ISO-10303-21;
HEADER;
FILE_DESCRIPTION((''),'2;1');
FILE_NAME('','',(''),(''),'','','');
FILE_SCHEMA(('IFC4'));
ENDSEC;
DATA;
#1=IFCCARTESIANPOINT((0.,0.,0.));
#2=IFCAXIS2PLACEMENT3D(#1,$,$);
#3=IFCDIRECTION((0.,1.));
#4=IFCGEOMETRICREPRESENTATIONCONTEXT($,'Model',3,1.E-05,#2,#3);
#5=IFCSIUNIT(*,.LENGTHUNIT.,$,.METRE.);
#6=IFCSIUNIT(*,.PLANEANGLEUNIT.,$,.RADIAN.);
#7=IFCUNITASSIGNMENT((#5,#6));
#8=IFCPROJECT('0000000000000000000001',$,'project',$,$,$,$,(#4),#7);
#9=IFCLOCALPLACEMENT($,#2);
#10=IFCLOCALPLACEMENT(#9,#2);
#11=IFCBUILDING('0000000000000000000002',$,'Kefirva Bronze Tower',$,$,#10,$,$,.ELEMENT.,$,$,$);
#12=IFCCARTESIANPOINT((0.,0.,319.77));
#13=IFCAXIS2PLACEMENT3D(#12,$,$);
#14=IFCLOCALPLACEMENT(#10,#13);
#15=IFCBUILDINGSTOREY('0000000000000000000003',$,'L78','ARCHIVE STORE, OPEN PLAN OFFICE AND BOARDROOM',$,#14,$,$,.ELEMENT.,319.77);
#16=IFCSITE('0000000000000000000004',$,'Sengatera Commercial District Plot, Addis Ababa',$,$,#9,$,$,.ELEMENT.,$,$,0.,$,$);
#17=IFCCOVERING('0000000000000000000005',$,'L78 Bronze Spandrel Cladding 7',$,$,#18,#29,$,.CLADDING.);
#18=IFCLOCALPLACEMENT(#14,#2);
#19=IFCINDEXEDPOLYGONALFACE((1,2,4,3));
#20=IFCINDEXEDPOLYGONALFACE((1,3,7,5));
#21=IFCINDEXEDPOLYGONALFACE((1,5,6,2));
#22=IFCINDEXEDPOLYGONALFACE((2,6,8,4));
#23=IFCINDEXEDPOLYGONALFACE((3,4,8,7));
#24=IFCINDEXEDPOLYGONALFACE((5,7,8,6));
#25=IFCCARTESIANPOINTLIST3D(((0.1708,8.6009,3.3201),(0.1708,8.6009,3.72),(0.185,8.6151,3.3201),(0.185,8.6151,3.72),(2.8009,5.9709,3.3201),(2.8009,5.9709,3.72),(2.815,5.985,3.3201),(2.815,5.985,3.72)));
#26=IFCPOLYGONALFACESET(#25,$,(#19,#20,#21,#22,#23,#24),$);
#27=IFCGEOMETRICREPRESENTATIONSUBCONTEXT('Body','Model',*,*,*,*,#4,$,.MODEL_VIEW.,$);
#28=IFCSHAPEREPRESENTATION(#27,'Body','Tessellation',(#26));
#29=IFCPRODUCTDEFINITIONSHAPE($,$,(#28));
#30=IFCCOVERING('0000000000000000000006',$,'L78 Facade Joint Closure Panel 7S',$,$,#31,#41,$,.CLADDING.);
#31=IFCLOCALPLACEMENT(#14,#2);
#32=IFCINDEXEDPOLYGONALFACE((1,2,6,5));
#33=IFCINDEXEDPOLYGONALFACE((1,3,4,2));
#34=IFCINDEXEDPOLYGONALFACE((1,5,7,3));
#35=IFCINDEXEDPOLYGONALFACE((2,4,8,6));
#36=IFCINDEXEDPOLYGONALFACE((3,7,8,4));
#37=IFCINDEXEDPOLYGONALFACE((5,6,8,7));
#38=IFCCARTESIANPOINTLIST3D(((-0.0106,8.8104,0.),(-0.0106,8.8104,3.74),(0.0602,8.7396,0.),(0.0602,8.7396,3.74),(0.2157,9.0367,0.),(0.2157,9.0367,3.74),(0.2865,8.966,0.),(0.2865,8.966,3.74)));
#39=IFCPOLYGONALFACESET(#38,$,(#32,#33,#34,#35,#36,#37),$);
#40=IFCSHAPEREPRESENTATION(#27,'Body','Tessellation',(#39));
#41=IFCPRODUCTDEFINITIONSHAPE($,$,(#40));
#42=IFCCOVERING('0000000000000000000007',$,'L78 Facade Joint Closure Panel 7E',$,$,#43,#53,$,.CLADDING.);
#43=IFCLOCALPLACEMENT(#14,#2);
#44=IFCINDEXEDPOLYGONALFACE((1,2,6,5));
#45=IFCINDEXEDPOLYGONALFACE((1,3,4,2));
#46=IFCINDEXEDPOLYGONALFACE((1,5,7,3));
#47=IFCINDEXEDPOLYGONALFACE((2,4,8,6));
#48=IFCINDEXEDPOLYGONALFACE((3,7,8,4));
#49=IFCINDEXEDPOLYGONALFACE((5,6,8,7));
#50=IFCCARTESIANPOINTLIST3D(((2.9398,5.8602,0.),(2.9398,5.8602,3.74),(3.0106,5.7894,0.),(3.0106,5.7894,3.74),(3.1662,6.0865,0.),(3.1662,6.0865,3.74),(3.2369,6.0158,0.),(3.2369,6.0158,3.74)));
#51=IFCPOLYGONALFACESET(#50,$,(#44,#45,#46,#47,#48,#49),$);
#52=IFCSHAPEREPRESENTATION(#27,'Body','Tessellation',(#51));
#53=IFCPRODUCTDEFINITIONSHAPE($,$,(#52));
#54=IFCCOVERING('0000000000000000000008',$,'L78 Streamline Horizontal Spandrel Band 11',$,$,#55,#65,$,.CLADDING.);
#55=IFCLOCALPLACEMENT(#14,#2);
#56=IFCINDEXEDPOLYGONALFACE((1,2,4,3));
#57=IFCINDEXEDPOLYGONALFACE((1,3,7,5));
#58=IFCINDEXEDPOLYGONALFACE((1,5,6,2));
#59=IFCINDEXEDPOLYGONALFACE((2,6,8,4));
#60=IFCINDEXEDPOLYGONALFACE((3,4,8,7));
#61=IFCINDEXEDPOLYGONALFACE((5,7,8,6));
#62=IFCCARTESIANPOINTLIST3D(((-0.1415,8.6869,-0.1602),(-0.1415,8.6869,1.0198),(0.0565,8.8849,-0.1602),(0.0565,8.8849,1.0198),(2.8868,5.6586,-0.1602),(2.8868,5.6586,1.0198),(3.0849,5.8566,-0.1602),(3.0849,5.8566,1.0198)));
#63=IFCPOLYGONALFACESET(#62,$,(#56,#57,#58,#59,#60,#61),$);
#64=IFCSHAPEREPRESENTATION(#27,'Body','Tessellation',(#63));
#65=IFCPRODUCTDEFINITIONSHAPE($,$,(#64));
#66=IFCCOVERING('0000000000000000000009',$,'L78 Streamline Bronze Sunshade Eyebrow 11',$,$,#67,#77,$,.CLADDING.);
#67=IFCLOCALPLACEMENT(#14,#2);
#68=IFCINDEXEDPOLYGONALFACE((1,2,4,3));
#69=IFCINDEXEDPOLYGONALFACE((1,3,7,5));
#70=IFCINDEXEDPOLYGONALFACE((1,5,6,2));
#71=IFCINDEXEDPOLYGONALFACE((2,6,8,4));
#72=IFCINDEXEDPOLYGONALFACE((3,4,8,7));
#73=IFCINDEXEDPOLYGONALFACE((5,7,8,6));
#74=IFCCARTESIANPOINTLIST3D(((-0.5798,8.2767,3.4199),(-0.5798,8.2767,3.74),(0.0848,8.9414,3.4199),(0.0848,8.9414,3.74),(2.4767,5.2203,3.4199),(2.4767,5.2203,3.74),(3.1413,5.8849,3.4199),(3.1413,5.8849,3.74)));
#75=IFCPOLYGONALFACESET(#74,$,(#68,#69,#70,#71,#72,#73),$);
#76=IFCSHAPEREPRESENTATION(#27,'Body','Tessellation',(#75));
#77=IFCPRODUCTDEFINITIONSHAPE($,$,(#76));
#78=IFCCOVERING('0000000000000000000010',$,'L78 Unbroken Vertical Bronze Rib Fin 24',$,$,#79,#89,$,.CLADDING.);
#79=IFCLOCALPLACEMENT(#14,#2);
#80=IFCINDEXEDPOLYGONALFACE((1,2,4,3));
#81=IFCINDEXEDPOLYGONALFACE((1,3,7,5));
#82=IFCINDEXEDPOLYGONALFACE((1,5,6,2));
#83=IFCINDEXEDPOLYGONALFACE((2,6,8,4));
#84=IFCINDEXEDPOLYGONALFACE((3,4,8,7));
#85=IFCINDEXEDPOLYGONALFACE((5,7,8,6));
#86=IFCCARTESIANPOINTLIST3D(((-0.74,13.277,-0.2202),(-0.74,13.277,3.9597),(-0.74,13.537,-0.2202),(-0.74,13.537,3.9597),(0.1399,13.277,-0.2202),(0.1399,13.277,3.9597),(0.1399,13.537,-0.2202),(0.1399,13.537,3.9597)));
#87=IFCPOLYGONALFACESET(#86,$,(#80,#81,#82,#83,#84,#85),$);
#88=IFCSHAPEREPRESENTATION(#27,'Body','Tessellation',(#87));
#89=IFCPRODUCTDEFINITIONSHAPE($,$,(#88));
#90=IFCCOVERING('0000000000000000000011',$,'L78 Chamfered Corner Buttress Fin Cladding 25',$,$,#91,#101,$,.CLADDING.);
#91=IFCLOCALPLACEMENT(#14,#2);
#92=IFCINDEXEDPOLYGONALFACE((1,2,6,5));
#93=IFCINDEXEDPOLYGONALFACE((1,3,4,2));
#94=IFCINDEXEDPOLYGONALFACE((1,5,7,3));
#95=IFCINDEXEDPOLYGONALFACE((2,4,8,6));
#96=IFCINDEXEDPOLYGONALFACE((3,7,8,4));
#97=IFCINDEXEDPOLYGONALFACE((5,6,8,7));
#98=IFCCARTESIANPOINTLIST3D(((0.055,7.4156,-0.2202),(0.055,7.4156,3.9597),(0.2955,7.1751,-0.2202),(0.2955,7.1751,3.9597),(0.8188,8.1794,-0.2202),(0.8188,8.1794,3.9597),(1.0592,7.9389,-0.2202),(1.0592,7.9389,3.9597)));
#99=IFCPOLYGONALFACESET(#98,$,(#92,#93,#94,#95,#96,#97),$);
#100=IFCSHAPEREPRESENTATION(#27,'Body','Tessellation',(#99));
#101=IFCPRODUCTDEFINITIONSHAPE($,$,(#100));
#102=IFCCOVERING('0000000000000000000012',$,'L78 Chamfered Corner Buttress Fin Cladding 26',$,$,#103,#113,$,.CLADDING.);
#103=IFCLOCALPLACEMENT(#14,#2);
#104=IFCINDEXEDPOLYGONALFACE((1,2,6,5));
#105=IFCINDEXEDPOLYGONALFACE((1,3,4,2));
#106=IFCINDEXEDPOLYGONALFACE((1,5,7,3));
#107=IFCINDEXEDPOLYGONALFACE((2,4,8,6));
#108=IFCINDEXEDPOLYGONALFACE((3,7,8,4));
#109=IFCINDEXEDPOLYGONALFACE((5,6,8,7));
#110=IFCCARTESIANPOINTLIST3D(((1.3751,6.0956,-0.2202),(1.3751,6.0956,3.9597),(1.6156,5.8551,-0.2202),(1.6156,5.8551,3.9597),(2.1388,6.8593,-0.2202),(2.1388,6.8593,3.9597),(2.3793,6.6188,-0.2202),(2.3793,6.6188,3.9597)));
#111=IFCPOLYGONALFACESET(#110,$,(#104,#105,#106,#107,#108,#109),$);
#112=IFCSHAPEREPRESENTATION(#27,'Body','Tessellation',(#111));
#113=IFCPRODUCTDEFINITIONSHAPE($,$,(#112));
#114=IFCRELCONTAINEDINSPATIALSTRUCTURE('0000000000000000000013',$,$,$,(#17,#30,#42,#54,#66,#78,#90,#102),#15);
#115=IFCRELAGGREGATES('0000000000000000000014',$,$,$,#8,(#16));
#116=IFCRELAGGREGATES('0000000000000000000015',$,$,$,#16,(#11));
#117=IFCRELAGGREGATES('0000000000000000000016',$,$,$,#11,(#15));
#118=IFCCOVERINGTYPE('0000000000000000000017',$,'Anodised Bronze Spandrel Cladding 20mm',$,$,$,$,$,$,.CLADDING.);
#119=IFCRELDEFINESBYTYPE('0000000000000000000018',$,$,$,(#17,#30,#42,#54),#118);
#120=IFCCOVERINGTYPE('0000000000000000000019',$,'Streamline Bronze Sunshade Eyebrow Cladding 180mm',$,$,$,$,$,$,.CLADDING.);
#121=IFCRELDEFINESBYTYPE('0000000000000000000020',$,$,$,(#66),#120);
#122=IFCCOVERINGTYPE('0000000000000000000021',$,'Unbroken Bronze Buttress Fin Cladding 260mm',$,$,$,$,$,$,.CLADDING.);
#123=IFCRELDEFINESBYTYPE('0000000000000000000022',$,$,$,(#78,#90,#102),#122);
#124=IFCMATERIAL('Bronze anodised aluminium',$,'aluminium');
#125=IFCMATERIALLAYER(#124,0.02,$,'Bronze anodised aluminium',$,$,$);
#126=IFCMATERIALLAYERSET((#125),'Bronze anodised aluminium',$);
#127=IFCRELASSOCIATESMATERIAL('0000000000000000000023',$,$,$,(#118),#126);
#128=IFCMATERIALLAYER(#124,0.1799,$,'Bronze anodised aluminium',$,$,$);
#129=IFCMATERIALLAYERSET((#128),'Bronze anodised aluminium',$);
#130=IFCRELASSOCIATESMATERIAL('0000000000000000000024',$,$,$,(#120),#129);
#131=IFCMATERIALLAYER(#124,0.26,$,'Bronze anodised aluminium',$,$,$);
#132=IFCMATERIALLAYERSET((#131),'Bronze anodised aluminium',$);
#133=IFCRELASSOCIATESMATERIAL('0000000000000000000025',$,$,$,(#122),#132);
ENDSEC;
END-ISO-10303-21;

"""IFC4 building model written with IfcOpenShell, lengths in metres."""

from ifc_helpers import new_model, si_unit, direction, frame, origin, origin_2d, place, context, subcontext, project, spatial, rectangle, extrude, material, layer, layer_set, type_object, element, save


model = new_model("IFC4")

# Units and contexts
model_context = context("Model", 3, precision=1e-05, world=origin(), true_north=direction((0.0, 1.0)))
body_context = subcontext(model_context, "Body", "Model", "MODEL_VIEW")
ifc_project = project(units=[si_unit("LENGTHUNIT", "METRE"), si_unit("PLANEANGLEUNIT", "RADIAN")], contexts=[model_context])

# Site, building, storey
site_placement = place(None, origin())
site = spatial("IfcSite", under=ifc_project, at=site_placement, Name="Sengatera Commercial District Plot, Addis Ababa", CompositionType="ELEMENT", RefElevation=0.0)
building_placement = place(site_placement, origin())
building = spatial("IfcBuilding", under=site, at=building_placement, Name="Kefirva Bronze Tower", CompositionType="ELEMENT")
storey_placement = place(building_placement, frame((0.0, 0.0, 319.77)))
storey = spatial("IfcBuildingStorey", under=building, at=storey_placement, Name="L78", Description="ARCHIVE STORE, OPEN PLAN OFFICE AND BOARDROOM", CompositionType="ELEMENT", Elevation=319.77)

# Shared definitions
ifc_material_1 = material(Name="Bronze anodised aluminium", Category="aluminium")

# Coverings
ifc_layer_1 = layer(ifc_material_1, 0.02, Name="Bronze anodised aluminium")
ifc_layer_set_1 = layer_set([ifc_layer_1], Name="Bronze anodised aluminium")
covering_type_1 = type_object("IfcCoveringType", Name="Anodised Bronze Spandrel Cladding 20mm", PredefinedType="CLADDING", material=ifc_layer_set_1)
covering_1_placement = place(storey_placement, frame((1.4929, 7.293, 3.3201), z_axis=(0.0, 0.0, 1.0), x_axis=(0.707107, -0.707107, 0.0)))
element("IfcCovering", 1, at=covering_1_placement, inside=storey, type_object=covering_type_1, Name="L78 Bronze Spandrel Cladding 7", PredefinedType="CLADDING", context=body_context, shape_type="SweptSolid", body=[
    extrude(rectangle(XDim=3.7195, YDim=0.02, at=origin_2d()), origin(), (0.0, 0.0, 1.0), 0.3999),
])
for number, where, z_axis, x_axis, name in (
    (2, (0.1379, 8.8882, 0.0), (0.0, 0.0, 1.0), (0.707107, -0.707107, 0.0), "L78 Facade Joint Closure Panel 7S"),
    (3, (3.0884, 5.938, 0.0), (0.0, 0.0, 1.0), (0.707107, -0.707107, 0.0), "L78 Facade Joint Closure Panel 7E"),
):
    element("IfcCovering", number, at=place(storey_placement, frame(where, z_axis=z_axis, x_axis=x_axis)), inside=storey, type_object=covering_type_1, Name=name, PredefinedType="CLADDING", context=body_context, shape_type="SweptSolid", body=[
        extrude(rectangle(XDim=0.1001, YDim=0.3201, at=origin_2d()), origin(), (0.0, 0.0, 1.0), 3.74),
    ])
covering_2_placement = place(storey_placement, frame((1.4717, 7.2717, -0.1602), z_axis=(0.0, 0.0, 1.0), x_axis=(0.707107, -0.707107, 0.0)))
element("IfcCovering", 4, at=covering_2_placement, inside=storey, type_object=covering_type_1, Name="L78 Streamline Horizontal Spandrel Band 11", PredefinedType="CLADDING", context=body_context, shape_type="SweptSolid", body=[
    extrude(rectangle(XDim=4.2827, YDim=0.28, at=origin_2d()), origin(), (0.0, 0.0, 1.0), 1.1799),
])
ifc_layer_2 = layer(ifc_material_1, 0.1799, Name="Bronze anodised aluminium")
ifc_layer_set_2 = layer_set([ifc_layer_2], Name="Bronze anodised aluminium")
covering_type_2 = type_object("IfcCoveringType", Name="Streamline Bronze Sunshade Eyebrow Cladding 180mm", PredefinedType="CLADDING", material=ifc_layer_set_2)
covering_3_placement = place(storey_placement, frame((1.2808, 7.0808, 3.4199), z_axis=(0.0, 0.0, 1.0), x_axis=(0.707107, -0.707107, 0.0)))
element("IfcCovering", 5, at=covering_3_placement, inside=storey, type_object=covering_type_2, Name="L78 Streamline Bronze Sunshade Eyebrow 11", PredefinedType="CLADDING", context=body_context, shape_type="SweptSolid", body=[
    extrude(rectangle(XDim=4.3225, YDim=0.9399, at=origin_2d()), origin(), (0.0, 0.0, 1.0), 0.3201),
])
ifc_layer_3 = layer(ifc_material_1, 0.26, Name="Bronze anodised aluminium")
ifc_layer_set_3 = layer_set([ifc_layer_3], Name="Bronze anodised aluminium")
covering_type_3 = type_object("IfcCoveringType", Name="Unbroken Bronze Buttress Fin Cladding 260mm", PredefinedType="CLADDING", material=ifc_layer_set_3)
covering_4_placement = place(storey_placement, frame((-0.3, 13.407, -0.2202), z_axis=(0.0, 0.0, 1.0), x_axis=(0.0, -1.0, 0.0)))
element("IfcCovering", 6, at=covering_4_placement, inside=storey, type_object=covering_type_3, Name="L78 Unbroken Vertical Bronze Rib Fin 24", PredefinedType="CLADDING", context=body_context, shape_type="SweptSolid", body=[
    extrude(rectangle(XDim=0.26, YDim=0.8799, at=origin_2d()), origin(), (0.0, 0.0, 1.0), 4.1799),
])
for number, where, z_axis, x_axis, name in (
    (7, (0.5571, 7.6772, -0.2202), (0.0, 0.0, 1.0), (0.707107, -0.707107, 0.0), "L78 Chamfered Corner Buttress Fin Cladding 25"),
    (8, (1.8772, 6.3572, -0.2202), (0.0, 0.0, 1.0), (0.707107, -0.707107, 0.0), "L78 Chamfered Corner Buttress Fin Cladding 26"),
):
    element("IfcCovering", number, at=place(storey_placement, frame(where, z_axis=z_axis, x_axis=x_axis)), inside=storey, type_object=covering_type_3, Name=name, PredefinedType="CLADDING", context=body_context, shape_type="SweptSolid", body=[
        extrude(rectangle(XDim=0.3401, YDim=1.0801, at=origin_2d()), origin(), (0.0, 0.0, 1.0), 4.1799),
    ])

save(model, "model.ifc")
